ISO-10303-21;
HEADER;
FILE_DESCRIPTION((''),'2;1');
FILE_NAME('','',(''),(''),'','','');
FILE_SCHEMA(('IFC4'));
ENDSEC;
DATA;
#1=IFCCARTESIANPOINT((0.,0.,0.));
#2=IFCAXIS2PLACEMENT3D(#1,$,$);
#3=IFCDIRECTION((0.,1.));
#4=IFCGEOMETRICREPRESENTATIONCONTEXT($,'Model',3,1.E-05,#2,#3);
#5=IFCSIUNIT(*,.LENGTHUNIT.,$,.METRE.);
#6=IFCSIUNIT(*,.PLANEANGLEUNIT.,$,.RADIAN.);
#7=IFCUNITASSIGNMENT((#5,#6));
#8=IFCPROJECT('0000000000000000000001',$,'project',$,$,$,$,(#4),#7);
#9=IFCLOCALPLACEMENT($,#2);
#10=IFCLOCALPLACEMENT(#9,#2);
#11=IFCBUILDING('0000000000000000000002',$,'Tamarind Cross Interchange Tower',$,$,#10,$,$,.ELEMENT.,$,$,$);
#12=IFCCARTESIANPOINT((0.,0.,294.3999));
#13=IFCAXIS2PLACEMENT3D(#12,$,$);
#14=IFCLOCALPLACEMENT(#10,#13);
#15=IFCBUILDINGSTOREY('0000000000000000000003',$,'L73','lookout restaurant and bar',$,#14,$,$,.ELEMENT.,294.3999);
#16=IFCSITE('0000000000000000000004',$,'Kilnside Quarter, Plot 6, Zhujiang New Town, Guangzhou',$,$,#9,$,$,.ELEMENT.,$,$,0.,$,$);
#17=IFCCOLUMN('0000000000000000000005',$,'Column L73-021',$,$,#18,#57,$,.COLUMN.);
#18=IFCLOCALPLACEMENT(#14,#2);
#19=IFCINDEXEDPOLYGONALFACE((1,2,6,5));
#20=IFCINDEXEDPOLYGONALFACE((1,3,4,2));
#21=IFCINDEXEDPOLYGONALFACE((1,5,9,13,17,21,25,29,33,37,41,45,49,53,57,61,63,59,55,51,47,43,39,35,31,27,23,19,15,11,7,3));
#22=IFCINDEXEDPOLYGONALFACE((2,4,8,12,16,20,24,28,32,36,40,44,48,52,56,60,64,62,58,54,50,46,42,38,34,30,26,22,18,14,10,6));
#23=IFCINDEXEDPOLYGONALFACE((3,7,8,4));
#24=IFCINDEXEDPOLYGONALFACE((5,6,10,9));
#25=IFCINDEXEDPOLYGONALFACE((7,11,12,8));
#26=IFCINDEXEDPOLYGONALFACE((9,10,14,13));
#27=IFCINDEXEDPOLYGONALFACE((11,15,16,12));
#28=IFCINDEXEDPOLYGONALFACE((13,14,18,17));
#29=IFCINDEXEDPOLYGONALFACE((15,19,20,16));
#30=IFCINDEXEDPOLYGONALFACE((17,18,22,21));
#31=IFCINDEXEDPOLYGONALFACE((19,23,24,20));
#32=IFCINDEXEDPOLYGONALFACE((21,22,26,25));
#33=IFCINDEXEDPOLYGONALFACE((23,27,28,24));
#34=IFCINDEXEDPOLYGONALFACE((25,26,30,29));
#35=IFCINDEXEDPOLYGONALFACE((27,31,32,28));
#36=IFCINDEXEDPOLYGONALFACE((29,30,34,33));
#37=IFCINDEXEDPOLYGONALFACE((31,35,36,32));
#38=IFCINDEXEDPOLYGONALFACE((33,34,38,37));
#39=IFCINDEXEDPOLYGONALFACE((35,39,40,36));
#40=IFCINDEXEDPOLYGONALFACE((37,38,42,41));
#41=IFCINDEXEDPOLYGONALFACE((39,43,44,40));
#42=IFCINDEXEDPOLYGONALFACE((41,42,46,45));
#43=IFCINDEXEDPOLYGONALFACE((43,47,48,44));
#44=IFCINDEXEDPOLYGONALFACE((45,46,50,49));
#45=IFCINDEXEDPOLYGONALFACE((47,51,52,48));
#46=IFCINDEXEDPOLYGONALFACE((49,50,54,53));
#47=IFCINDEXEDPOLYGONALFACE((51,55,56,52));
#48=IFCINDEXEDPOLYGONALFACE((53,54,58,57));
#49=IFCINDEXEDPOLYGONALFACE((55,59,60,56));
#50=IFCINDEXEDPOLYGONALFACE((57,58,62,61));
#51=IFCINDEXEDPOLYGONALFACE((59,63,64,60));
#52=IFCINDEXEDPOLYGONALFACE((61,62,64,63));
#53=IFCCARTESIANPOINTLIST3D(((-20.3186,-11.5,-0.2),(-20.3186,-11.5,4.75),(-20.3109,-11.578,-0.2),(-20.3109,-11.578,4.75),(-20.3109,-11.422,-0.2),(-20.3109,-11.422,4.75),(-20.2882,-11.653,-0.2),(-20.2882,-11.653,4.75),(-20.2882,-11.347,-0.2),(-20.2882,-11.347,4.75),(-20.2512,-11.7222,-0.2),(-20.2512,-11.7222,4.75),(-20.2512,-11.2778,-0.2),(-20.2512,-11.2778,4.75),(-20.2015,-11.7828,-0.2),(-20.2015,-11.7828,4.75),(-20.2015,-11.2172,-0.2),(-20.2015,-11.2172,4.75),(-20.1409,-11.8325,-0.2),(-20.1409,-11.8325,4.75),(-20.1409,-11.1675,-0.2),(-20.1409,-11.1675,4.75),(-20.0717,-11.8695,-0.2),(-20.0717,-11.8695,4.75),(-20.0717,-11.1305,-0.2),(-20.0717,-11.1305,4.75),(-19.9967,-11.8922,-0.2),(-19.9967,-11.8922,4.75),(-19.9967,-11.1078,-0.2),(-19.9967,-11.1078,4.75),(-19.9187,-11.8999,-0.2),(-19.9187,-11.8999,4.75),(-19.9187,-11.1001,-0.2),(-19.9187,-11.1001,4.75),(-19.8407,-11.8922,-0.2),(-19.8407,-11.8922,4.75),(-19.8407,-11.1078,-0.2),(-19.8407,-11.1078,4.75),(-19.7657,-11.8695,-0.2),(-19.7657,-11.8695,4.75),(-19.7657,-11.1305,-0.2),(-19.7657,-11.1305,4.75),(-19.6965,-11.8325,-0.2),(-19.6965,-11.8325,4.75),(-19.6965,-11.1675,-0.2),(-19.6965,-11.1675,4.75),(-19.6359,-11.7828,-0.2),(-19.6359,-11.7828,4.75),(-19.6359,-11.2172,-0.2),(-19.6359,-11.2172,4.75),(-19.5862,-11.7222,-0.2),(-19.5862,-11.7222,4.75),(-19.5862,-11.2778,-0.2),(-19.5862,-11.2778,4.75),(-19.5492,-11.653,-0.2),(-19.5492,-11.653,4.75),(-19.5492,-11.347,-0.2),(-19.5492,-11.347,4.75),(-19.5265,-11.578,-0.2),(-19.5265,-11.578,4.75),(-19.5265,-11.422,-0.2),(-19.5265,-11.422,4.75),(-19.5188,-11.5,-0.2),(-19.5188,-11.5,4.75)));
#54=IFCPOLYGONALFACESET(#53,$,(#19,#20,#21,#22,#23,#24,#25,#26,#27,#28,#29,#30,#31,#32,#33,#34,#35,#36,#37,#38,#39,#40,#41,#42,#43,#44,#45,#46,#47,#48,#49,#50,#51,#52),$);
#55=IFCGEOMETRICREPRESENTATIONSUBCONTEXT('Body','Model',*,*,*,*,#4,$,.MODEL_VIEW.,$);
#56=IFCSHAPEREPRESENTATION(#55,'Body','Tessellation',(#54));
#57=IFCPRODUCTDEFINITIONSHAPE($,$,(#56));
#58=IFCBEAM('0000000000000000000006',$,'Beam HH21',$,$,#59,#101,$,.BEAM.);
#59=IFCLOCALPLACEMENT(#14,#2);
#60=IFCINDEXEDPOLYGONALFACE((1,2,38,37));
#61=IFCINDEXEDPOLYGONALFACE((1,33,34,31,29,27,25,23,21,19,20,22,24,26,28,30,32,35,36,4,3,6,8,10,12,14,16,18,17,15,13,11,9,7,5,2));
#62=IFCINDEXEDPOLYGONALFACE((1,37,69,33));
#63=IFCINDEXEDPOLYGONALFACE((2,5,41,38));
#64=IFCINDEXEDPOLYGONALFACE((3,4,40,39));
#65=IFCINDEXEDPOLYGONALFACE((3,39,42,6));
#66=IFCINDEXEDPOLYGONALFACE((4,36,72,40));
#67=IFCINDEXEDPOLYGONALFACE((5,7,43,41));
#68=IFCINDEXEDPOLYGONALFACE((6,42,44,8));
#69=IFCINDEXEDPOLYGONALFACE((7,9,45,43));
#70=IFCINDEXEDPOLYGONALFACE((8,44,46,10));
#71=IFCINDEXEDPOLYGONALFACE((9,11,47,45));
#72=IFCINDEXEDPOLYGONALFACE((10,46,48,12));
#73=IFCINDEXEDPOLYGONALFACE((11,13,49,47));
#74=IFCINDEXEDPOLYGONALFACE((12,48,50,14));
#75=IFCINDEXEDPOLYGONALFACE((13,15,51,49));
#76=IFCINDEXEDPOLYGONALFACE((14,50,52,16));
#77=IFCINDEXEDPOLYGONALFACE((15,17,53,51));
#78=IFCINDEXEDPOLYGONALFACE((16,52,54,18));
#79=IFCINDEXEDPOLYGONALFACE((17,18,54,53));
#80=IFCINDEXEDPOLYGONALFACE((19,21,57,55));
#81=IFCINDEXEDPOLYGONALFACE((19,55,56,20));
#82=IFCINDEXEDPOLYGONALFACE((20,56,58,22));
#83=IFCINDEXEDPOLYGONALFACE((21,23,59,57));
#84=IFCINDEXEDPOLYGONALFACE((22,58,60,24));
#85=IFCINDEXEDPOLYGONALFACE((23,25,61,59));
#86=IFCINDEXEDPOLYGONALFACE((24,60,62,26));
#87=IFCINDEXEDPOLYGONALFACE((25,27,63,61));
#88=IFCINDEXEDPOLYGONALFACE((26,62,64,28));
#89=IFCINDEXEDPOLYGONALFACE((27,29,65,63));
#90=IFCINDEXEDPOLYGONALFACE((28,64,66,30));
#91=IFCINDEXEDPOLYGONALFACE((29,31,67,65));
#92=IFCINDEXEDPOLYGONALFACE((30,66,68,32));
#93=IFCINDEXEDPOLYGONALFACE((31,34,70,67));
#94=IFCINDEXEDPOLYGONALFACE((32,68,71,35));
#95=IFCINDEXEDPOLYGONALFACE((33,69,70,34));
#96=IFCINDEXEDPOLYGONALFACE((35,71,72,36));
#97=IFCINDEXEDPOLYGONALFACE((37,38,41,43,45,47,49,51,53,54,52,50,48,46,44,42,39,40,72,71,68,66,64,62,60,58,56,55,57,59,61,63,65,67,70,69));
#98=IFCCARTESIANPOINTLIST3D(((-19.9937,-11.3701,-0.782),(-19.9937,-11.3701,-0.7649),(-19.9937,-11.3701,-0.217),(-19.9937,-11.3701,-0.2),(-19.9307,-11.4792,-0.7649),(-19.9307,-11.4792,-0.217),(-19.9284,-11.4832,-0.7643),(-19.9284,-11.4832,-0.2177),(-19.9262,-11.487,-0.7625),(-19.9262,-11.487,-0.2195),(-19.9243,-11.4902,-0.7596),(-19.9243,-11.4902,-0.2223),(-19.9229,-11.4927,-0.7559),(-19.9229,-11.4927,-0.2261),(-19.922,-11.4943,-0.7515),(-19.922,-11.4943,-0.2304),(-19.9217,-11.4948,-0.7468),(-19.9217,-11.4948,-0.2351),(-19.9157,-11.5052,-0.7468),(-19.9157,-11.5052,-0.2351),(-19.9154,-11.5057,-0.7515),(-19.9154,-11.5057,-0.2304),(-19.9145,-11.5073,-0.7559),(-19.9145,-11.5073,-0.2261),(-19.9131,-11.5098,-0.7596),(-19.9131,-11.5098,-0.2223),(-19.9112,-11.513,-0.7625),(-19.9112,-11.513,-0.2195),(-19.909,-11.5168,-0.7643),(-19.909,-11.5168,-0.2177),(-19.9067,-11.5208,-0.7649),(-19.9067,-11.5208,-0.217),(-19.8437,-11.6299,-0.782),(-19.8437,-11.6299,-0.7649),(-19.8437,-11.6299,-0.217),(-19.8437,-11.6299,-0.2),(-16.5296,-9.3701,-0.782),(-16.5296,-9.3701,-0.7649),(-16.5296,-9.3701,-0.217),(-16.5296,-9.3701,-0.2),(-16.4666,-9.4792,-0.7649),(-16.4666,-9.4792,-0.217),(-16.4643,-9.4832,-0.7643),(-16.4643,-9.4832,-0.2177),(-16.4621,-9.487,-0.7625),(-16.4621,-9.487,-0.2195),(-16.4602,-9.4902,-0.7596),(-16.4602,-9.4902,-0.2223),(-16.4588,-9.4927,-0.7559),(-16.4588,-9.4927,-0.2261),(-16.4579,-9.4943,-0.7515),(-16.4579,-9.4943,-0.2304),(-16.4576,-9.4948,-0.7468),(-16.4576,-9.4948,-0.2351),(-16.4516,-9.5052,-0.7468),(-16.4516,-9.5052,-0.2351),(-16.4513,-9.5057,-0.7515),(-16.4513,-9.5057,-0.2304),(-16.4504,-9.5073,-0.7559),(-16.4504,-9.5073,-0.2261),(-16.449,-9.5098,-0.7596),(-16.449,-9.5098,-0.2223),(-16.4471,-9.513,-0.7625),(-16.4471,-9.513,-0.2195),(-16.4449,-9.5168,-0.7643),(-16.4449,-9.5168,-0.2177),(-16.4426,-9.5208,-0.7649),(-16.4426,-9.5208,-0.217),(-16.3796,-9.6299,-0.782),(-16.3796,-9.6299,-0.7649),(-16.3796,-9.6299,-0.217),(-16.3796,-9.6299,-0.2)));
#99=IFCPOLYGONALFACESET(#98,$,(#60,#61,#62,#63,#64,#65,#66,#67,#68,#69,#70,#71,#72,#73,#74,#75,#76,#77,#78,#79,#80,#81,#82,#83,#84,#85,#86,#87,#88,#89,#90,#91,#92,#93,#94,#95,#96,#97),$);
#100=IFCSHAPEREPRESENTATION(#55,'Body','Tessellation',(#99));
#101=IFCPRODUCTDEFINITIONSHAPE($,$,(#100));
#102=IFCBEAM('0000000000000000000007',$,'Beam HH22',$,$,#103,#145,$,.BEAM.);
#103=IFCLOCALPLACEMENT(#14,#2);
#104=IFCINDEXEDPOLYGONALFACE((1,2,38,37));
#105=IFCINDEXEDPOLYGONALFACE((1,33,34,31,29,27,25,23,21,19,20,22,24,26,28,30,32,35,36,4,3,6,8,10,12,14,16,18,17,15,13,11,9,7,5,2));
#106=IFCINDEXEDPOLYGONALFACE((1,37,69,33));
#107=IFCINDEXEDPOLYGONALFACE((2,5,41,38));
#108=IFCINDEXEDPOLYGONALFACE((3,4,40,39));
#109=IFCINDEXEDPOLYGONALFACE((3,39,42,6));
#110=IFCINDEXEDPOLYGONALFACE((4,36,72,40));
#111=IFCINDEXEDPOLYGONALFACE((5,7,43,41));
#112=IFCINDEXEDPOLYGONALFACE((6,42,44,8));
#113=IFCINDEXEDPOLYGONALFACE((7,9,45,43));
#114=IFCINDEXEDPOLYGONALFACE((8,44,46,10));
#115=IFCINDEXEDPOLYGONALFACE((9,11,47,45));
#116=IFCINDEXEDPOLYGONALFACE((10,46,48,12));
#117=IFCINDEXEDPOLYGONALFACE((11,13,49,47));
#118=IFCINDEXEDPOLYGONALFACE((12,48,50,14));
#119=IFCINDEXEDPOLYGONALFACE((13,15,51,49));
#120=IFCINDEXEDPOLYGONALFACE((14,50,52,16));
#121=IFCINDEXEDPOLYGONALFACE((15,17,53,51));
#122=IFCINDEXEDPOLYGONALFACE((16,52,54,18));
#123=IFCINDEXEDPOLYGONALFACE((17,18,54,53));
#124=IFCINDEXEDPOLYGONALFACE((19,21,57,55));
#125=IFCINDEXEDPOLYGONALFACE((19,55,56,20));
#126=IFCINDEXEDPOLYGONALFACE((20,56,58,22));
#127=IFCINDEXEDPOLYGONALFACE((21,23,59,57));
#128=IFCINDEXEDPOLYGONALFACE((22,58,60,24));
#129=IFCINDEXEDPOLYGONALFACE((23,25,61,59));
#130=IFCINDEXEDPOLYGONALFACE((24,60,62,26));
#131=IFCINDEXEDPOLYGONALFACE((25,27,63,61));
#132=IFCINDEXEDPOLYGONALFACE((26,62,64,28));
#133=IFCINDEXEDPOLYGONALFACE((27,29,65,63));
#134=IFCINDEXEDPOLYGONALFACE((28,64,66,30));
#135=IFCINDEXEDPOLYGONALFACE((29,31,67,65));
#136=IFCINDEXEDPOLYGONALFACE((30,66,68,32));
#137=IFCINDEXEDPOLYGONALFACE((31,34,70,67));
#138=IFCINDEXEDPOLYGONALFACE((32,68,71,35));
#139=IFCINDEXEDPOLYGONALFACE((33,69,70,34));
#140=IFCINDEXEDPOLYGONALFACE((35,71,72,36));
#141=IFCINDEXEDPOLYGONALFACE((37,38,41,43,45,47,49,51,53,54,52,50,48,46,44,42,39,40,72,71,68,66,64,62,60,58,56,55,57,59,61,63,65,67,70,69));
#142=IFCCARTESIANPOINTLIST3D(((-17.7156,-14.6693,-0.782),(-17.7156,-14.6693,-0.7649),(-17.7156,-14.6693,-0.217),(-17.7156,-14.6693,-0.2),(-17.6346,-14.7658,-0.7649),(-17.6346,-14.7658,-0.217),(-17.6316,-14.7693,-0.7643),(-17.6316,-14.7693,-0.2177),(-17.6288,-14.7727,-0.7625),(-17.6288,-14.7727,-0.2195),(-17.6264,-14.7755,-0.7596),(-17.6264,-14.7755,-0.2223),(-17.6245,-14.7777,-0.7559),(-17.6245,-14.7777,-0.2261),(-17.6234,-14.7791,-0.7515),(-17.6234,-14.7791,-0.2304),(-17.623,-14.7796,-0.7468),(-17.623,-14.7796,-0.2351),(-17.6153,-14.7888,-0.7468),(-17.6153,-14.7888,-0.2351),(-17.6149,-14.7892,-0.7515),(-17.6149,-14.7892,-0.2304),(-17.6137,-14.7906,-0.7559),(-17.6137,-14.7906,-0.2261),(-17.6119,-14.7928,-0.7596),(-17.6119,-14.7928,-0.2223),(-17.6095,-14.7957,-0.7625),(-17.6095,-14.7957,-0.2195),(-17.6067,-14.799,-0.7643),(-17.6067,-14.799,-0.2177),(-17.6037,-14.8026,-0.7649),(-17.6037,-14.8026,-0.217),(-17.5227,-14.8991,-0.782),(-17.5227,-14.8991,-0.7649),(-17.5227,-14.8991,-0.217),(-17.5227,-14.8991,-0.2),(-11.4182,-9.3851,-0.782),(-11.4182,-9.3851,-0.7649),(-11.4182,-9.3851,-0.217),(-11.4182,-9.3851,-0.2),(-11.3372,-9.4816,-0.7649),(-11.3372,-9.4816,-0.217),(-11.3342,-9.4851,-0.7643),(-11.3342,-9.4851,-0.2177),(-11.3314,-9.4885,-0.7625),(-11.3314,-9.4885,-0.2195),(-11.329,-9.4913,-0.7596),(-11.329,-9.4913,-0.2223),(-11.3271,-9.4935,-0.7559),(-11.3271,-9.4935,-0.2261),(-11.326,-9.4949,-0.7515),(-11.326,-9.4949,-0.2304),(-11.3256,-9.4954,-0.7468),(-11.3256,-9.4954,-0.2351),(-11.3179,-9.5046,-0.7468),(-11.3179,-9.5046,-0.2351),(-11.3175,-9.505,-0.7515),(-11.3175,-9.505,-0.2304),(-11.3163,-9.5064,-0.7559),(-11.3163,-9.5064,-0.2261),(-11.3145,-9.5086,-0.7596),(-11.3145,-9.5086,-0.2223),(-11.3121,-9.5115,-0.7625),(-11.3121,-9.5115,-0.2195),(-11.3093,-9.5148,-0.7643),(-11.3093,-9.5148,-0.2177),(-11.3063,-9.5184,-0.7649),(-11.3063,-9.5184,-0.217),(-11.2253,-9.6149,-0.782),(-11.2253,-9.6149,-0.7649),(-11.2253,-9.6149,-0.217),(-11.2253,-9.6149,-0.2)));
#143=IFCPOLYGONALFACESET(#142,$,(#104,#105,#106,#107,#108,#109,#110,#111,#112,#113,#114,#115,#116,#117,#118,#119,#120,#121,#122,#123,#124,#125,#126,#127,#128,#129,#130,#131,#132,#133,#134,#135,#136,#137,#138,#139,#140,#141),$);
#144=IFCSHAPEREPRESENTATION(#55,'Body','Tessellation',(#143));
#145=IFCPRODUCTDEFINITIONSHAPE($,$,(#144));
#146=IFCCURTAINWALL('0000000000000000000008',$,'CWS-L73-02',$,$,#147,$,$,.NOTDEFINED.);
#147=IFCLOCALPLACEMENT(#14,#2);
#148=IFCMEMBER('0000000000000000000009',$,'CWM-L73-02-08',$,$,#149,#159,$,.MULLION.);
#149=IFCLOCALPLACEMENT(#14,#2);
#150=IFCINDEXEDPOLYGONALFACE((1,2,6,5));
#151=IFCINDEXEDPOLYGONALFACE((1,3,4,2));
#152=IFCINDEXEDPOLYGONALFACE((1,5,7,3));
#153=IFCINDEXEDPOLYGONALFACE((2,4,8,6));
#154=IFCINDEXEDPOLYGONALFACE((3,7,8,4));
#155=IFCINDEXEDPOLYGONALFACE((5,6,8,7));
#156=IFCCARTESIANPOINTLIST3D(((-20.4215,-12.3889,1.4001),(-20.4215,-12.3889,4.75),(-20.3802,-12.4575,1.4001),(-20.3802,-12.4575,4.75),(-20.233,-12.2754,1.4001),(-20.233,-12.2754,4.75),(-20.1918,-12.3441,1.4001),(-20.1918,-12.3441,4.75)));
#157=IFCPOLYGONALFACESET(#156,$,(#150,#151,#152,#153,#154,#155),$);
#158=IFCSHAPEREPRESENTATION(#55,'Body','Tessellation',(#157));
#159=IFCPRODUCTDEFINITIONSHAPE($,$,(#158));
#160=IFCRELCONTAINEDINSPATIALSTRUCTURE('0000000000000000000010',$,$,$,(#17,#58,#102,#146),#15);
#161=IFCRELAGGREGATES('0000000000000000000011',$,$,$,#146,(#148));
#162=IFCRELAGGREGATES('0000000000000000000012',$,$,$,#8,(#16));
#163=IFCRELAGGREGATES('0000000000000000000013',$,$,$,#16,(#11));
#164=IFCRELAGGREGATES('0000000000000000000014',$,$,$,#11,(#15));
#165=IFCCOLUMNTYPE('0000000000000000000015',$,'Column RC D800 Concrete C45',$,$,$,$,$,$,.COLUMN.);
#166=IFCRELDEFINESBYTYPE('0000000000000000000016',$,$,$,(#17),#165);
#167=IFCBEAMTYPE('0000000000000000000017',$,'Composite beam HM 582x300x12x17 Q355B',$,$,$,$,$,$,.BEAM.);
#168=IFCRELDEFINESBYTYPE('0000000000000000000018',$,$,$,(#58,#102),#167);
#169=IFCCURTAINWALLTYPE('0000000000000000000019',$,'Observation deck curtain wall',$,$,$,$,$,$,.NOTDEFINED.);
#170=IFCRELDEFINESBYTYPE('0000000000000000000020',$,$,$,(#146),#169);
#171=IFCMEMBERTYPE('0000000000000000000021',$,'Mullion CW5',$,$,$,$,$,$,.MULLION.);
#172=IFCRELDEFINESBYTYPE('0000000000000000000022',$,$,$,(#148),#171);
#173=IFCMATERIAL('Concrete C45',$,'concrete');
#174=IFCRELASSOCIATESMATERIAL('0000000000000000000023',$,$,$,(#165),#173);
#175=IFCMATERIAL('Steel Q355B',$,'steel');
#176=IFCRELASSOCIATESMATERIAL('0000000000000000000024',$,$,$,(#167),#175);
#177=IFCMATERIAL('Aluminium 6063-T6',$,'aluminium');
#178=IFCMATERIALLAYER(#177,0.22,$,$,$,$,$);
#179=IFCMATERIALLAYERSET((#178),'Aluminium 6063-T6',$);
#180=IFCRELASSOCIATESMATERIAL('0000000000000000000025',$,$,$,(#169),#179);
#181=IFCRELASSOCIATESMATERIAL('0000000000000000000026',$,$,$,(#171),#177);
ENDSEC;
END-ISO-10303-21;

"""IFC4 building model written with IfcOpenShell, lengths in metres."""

from ifc_helpers import new_model, si_unit, direction, frame, origin, origin_2d, place, context, subcontext, project, spatial, rectangle, circle, i_section, extrude, material, layer, layer_set, material_profile, profile_set, type_object, element, aggregate, save


model = new_model("IFC4")

# Units and contexts
model_context = context("Model", 3, precision=1e-05, world=origin(), true_north=direction((0.0, 1.0)))
body_context = subcontext(model_context, "Body", "Model", "MODEL_VIEW")
ifc_project = project(units=[si_unit("LENGTHUNIT", "METRE"), si_unit("PLANEANGLEUNIT", "RADIAN")], contexts=[model_context])

# Site, building, storey
site_placement = place(None, origin())
site = spatial("IfcSite", under=ifc_project, at=site_placement, Name="Kilnside Quarter, Plot 6, Zhujiang New Town, Guangzhou", CompositionType="ELEMENT", RefElevation=0.0)
building_placement = place(site_placement, origin())
building = spatial("IfcBuilding", under=site, at=building_placement, Name="Tamarind Cross Interchange Tower", CompositionType="ELEMENT")
storey_placement = place(building_placement, frame((0.0, 0.0, 294.3999)))
storey = spatial("IfcBuildingStorey", under=building, at=storey_placement, Name="L73", Description="lookout restaurant and bar", CompositionType="ELEMENT", Elevation=294.3999)

# Column
ifc_material_1 = material(Name="Concrete C45", Category="concrete")
ifc_material_profile_1 = material_profile(ifc_material_1, circle(Radius=0.3999, at=origin_2d()), Name="RC D800")
ifc_profile_set_1 = profile_set([ifc_material_profile_1], Name="Concrete C45")
column_type = type_object("IfcColumnType", Name="Column RC D800 Concrete C45", PredefinedType="COLUMN", material=ifc_profile_set_1)
column_placement = place(storey_placement, frame((-19.9187, -11.5, -0.2), z_axis=(0.0, 0.0, 1.0), x_axis=(1.0, 0.0, 0.0)))
element("IfcColumn", 1, at=column_placement, inside=storey, type_object=column_type, Name="Column L73-021", PredefinedType="COLUMN", context=body_context, shape_type="SweptSolid", body=[
    extrude(circle(Radius=0.3999, at=origin_2d()), origin(), (0.0, 0.0, 1.0), 4.95),
])

# Beams
ifc_material_2 = material(Name="Steel Q355B", Category="steel")
ifc_material_profile_2 = material_profile(ifc_material_2, i_section(OverallWidth=0.3, OverallDepth=0.582, WebThickness=0.012, FlangeThickness=0.0171, FilletRadius=0.0181, at=origin_2d()), Name="HM 582x300x12x17")
ifc_profile_set_2 = profile_set([ifc_material_profile_2], Name="Steel Q355B")
beam_type = type_object("IfcBeamType", Name="Composite beam HM 582x300x12x17 Q355B", PredefinedType="BEAM", material=ifc_profile_set_2)
beam_1_placement = place(storey_placement, frame((-19.9187, -11.5, -0.491), z_axis=(0.866026, 0.499999, 0.0), x_axis=(-0.499999, 0.866026, 0.0)))
element("IfcBeam", 2, at=beam_1_placement, inside=storey, type_object=beam_type, Name="Beam HH21", PredefinedType="BEAM", context=body_context, shape_type="SweptSolid", body=[
    extrude(i_section(OverallWidth=0.3, OverallDepth=0.582, WebThickness=0.012, FlangeThickness=0.0171, FilletRadius=0.0181, at=origin_2d()), origin(), (0.0, 0.0, 1.0), 4.0),
])
beam_2_placement = place(storey_placement, frame((-17.6191, -14.7842, -0.491), z_axis=(0.766041, 0.642792, 0.0), x_axis=(-0.642792, 0.766041, 0.0)))
element("IfcBeam", 3, at=beam_2_placement, inside=storey, type_object=beam_type, Name="Beam HH22", PredefinedType="BEAM", context=body_context, shape_type="SweptSolid", body=[
    extrude(i_section(OverallWidth=0.3, OverallDepth=0.582, WebThickness=0.012, FlangeThickness=0.0171, FilletRadius=0.0181, at=origin_2d()), origin(), (0.0, 0.0, 1.0), 8.2207),
])

# Curtain wall, member
ifc_material_3 = material(Name="Aluminium 6063-T6", Category="aluminium")
ifc_layer_1 = layer(ifc_material_3, 0.22)
ifc_layer_set_1 = layer_set([ifc_layer_1], Name="Aluminium 6063-T6")
curtain_wall_type = type_object("IfcCurtainWallType", Name="Observation deck curtain wall", PredefinedType="NOTDEFINED", material=ifc_layer_set_1)
curtain_wall_placement = place(storey_placement, origin())
curtain_wall = element("IfcCurtainWall", 4, at=curtain_wall_placement, inside=storey, type_object=curtain_wall_type, Name="CWS-L73-02", PredefinedType="NOTDEFINED")
ifc_material_profile_3 = material_profile(ifc_material_3, rectangle(XDim=0.0801, YDim=0.22, at=origin_2d()), Name="Mullion CW5")
ifc_profile_set_3 = profile_set([ifc_material_profile_3], Name="Aluminium 6063-T6")
member_type = type_object("IfcMemberType", Name="Mullion CW5", PredefinedType="MULLION", material=ifc_profile_set_3)
member_placement = place(storey_placement, frame((-20.3066, -12.3665, 1.4001), z_axis=(0.0, 0.0, 1.0), x_axis=(0.515577, -0.856843, 0.0)))
member = element("IfcMember", 5, at=member_placement, type_object=member_type, Name="CWM-L73-02-08", PredefinedType="MULLION", context=body_context, shape_type="SweptSolid", body=[
    extrude(rectangle(XDim=0.0801, YDim=0.22, at=origin_2d()), origin(), (0.0, 0.0, 1.0), 3.3499),
])
aggregate(curtain_wall, [member])

save(model, "model.ifc")
